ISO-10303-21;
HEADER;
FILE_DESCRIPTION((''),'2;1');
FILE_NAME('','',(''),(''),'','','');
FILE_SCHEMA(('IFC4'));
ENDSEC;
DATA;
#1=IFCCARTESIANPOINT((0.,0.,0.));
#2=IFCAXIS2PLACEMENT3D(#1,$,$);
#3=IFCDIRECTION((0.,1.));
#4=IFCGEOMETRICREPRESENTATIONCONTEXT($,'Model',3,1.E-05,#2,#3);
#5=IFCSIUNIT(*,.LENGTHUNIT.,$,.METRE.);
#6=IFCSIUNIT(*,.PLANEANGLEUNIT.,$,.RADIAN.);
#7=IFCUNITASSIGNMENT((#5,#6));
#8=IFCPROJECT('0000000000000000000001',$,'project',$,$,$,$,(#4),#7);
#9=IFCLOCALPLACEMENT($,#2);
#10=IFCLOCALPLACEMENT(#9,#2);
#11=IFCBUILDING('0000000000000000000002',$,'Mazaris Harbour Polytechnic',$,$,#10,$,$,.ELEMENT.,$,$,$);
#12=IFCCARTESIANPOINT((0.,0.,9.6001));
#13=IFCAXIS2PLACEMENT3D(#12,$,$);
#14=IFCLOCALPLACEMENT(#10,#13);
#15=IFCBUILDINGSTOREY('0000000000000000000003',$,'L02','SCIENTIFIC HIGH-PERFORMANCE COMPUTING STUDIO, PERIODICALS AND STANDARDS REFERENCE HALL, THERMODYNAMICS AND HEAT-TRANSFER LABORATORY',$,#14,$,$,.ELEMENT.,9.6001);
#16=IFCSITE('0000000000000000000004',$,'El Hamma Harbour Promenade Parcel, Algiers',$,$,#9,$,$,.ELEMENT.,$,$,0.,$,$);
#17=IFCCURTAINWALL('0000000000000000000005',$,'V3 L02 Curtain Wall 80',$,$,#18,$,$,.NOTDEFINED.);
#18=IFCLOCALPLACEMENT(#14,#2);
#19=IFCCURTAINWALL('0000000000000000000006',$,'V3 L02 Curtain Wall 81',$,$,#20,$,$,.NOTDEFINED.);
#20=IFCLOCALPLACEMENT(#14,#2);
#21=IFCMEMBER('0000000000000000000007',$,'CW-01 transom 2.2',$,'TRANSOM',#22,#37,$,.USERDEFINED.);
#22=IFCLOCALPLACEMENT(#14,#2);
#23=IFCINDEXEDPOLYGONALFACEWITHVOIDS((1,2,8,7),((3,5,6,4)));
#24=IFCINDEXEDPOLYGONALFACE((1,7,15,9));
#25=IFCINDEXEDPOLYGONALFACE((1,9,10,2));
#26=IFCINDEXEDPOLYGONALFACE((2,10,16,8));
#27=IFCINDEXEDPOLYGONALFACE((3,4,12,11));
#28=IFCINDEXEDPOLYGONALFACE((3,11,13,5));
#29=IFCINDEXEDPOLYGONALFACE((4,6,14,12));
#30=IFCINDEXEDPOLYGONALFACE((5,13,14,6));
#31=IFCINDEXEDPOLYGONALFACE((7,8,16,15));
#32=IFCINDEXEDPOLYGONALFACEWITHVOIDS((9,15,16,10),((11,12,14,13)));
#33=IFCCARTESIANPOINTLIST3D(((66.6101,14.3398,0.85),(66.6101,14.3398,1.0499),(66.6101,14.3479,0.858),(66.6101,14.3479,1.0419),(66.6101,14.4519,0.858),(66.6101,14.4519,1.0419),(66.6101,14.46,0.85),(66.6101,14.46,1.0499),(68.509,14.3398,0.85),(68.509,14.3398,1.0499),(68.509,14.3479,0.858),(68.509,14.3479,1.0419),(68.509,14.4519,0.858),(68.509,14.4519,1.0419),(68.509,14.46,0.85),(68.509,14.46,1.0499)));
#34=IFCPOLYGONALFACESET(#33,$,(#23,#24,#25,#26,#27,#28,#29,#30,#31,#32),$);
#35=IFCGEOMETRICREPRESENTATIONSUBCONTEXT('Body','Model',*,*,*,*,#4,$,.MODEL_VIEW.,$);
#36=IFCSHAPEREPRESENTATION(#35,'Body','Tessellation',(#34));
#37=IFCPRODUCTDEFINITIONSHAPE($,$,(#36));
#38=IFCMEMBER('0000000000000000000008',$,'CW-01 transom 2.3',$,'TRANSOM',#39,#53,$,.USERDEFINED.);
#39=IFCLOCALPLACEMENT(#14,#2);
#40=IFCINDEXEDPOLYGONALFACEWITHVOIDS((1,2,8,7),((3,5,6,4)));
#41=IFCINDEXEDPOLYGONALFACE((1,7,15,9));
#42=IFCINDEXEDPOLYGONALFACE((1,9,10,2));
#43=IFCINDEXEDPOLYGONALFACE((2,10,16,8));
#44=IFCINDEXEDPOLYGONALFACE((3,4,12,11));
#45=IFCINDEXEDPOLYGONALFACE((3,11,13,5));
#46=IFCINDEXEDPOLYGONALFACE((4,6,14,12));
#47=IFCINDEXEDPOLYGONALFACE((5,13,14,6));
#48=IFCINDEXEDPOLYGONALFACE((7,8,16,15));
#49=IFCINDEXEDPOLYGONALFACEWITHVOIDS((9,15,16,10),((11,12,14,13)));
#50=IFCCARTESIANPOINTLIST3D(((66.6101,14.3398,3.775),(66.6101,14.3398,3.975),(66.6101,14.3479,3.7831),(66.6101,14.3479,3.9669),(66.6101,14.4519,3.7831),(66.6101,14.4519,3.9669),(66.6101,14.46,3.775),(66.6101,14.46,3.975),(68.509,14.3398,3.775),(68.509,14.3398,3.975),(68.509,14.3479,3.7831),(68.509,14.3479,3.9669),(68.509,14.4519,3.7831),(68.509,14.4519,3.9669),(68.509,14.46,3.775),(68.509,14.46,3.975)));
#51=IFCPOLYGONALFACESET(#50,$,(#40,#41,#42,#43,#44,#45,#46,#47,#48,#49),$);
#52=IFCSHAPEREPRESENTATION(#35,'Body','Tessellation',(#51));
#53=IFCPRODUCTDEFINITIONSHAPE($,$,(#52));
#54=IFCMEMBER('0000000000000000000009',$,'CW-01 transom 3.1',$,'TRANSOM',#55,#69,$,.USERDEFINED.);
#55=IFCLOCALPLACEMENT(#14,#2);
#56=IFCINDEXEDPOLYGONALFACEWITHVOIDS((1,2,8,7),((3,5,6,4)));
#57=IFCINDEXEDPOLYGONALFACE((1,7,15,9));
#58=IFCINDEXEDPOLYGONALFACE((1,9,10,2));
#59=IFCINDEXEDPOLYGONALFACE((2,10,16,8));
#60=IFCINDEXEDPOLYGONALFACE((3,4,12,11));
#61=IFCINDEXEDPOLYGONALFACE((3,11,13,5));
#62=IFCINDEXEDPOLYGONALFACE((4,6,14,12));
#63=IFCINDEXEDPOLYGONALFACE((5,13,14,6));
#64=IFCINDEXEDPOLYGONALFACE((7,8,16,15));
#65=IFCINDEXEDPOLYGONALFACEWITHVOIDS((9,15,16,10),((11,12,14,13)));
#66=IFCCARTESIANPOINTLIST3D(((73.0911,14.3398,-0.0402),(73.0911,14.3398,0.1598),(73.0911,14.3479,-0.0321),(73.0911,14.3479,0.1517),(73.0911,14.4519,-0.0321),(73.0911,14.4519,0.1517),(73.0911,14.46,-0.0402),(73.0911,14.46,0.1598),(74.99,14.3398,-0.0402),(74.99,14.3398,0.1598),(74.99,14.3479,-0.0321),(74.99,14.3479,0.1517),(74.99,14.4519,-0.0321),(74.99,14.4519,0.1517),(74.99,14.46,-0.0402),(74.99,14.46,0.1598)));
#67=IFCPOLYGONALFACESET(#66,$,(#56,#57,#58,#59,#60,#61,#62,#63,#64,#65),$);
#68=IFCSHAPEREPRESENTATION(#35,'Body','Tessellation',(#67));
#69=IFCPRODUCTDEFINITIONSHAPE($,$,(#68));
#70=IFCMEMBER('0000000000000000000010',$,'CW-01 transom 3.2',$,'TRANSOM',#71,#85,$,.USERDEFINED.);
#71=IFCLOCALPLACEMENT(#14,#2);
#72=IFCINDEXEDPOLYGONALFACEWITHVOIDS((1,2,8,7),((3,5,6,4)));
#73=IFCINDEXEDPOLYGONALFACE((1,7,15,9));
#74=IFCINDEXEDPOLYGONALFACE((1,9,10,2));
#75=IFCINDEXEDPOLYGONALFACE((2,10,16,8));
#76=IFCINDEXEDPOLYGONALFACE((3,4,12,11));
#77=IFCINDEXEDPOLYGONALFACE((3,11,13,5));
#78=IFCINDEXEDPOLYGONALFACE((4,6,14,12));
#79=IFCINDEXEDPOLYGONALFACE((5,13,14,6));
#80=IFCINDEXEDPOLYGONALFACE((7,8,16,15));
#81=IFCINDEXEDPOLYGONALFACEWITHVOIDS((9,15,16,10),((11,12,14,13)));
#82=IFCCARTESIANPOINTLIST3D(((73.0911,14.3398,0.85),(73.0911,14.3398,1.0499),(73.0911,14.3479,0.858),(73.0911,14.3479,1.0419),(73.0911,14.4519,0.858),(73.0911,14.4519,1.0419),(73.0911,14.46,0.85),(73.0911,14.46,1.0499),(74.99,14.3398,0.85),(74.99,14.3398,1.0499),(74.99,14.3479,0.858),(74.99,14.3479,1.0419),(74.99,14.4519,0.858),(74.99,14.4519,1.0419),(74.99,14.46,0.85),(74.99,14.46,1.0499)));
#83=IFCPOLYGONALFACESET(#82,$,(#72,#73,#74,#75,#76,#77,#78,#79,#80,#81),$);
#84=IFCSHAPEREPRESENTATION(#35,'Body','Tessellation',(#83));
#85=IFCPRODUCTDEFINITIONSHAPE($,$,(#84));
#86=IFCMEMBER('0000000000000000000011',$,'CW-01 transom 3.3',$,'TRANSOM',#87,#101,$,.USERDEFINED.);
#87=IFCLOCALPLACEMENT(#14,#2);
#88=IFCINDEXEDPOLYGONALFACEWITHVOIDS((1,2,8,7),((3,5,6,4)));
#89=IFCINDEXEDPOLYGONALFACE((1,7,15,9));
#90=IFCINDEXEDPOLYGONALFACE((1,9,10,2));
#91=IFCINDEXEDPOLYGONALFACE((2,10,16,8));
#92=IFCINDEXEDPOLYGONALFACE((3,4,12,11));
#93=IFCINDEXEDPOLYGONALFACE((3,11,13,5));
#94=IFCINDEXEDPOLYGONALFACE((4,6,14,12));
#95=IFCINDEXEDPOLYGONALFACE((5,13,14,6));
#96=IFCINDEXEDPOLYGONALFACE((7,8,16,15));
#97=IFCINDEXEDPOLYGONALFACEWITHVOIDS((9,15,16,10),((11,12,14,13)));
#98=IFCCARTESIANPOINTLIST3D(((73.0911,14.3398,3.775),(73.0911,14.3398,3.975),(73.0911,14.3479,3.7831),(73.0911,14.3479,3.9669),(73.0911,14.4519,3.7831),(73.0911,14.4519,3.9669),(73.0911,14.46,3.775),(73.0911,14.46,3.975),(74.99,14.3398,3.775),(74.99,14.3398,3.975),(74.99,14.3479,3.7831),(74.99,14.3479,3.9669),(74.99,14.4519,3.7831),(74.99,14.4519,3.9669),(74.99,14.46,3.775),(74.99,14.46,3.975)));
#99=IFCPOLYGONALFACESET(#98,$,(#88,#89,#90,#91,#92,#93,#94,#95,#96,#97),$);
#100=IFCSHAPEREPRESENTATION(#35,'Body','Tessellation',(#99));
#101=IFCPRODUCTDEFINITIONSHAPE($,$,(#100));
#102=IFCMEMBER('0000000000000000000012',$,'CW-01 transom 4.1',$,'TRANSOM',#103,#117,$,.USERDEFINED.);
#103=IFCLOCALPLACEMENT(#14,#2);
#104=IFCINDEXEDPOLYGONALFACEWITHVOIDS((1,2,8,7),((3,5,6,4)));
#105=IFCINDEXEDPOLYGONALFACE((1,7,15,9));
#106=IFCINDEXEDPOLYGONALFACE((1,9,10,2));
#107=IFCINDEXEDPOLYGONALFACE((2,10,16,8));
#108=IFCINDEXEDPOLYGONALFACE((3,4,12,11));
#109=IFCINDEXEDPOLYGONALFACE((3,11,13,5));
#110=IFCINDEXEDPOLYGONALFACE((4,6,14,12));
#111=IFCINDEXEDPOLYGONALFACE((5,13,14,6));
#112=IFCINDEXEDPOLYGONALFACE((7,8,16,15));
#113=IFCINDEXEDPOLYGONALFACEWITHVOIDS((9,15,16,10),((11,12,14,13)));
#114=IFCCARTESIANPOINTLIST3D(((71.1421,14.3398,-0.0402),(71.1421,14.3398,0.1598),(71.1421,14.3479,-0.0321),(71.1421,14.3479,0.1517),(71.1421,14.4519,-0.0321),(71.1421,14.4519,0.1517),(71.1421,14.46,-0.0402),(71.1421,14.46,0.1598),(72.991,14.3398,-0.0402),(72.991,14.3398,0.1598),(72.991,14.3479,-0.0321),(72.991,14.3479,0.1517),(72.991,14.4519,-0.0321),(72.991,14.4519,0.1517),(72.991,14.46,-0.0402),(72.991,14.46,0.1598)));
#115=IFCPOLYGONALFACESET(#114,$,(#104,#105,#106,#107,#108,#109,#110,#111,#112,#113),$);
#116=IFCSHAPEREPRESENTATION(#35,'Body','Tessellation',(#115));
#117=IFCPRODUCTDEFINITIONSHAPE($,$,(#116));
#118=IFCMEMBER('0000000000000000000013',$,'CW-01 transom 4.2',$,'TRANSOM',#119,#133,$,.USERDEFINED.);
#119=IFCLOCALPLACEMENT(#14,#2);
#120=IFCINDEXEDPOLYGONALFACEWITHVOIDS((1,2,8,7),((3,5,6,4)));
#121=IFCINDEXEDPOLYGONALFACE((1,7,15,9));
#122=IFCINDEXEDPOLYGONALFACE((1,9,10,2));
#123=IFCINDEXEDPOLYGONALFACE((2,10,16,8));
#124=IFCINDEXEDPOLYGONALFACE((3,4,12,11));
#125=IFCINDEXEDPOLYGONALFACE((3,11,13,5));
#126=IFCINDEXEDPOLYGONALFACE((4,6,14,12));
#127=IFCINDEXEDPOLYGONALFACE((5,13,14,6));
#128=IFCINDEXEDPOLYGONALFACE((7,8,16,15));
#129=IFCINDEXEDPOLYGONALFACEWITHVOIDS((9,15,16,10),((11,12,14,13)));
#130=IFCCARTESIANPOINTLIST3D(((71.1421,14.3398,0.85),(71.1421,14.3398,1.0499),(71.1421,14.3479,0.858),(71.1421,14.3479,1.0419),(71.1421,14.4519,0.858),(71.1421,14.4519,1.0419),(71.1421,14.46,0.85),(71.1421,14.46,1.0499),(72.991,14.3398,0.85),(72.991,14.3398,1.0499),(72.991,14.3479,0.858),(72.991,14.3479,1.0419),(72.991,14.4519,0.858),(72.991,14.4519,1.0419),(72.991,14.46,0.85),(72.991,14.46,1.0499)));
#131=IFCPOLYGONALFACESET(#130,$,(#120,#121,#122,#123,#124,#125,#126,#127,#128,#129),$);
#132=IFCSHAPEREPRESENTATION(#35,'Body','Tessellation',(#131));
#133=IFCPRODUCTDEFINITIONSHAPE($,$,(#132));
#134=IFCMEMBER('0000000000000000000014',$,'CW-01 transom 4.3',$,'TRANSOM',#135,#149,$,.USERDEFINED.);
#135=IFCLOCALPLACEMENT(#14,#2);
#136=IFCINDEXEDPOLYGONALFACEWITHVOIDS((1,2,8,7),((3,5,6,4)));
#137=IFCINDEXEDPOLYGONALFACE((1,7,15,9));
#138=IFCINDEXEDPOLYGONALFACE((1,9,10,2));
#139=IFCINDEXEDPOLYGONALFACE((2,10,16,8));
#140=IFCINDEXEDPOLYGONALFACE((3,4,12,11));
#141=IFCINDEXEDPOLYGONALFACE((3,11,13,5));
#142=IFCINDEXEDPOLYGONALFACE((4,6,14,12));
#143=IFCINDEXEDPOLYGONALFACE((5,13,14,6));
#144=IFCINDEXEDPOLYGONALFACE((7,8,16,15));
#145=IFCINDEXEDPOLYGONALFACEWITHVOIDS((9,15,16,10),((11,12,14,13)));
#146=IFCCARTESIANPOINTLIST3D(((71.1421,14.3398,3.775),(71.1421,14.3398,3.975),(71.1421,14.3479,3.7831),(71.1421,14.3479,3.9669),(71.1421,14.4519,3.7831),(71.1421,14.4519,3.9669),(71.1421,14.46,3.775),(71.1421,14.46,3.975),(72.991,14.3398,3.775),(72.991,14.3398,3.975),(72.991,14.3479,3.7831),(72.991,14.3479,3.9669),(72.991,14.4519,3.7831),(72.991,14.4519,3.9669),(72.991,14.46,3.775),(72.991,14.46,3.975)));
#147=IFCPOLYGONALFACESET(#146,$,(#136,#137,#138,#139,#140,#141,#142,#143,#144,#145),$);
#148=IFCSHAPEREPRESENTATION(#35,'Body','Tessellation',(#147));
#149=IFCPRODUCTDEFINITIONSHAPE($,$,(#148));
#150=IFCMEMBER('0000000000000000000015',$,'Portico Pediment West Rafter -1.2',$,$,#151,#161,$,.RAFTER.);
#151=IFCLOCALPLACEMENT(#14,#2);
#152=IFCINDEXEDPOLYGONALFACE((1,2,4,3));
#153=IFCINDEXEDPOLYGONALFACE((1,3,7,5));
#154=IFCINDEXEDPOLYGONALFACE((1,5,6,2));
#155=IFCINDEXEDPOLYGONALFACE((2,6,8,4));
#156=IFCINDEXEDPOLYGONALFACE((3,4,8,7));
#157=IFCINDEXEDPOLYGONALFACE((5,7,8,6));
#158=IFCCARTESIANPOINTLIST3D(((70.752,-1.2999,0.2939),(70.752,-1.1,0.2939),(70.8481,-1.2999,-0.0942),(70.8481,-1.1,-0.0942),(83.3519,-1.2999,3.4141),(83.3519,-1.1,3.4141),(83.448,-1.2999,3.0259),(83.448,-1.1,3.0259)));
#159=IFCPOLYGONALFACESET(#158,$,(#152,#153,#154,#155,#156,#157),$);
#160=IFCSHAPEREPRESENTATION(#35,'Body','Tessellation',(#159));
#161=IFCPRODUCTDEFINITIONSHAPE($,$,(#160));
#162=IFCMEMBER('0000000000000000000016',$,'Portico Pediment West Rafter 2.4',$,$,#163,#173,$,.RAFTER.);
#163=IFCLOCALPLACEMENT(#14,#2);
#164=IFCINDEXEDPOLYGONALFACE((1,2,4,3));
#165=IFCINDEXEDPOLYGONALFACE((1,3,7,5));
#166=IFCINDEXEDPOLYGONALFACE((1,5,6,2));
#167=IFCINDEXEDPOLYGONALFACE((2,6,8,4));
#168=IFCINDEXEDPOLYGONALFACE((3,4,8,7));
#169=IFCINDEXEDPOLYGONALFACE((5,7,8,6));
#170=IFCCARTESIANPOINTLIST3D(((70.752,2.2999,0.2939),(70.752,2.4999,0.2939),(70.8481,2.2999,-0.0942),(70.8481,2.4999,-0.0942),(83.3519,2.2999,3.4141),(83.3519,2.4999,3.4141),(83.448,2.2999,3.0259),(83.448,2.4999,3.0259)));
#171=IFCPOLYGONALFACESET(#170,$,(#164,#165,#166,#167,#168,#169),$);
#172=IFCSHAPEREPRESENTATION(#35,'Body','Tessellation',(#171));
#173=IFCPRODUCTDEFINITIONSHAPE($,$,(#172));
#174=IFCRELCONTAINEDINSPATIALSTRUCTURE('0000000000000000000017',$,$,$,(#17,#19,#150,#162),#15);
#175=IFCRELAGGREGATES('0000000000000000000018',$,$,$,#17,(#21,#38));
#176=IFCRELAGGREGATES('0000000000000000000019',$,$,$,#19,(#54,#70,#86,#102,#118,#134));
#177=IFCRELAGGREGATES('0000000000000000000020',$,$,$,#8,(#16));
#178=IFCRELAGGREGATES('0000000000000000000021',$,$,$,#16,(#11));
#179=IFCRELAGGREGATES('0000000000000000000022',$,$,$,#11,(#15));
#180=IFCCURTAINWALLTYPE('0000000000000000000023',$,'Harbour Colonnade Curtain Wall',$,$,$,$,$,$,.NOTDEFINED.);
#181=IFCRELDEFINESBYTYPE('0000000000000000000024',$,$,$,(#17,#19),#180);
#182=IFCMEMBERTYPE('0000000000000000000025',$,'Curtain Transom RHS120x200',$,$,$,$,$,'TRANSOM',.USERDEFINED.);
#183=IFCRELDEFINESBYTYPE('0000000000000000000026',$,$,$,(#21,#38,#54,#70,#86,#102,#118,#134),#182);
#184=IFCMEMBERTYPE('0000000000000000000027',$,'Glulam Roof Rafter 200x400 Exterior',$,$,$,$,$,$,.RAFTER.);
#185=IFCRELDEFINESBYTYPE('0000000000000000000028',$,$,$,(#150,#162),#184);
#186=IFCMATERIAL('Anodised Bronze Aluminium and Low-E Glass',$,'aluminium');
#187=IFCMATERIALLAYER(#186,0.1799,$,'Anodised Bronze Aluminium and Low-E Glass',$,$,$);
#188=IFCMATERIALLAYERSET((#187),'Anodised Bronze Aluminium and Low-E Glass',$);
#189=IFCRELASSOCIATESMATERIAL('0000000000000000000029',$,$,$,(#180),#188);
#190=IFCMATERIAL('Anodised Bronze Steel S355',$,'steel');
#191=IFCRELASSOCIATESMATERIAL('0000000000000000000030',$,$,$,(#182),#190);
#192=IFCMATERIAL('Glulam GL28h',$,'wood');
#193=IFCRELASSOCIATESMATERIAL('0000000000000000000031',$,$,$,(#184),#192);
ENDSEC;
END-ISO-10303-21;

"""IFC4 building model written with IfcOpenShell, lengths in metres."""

from ifc_helpers import new_model, si_unit, direction, frame, origin, origin_2d, place, context, subcontext, project, spatial, rectangle, hollow_rectangle, extrude, material, layer, layer_set, material_profile, profile_set, type_object, element, aggregate, save


model = new_model("IFC4")

# Units and contexts
model_context = context("Model", 3, precision=1e-05, world=origin(), true_north=direction((0.0, 1.0)))
body_context = subcontext(model_context, "Body", "Model", "MODEL_VIEW")
ifc_project = project(units=[si_unit("LENGTHUNIT", "METRE"), si_unit("PLANEANGLEUNIT", "RADIAN")], contexts=[model_context])

# Site, building, storey
site_placement = place(None, origin())
site = spatial("IfcSite", under=ifc_project, at=site_placement, Name="El Hamma Harbour Promenade Parcel, Algiers", CompositionType="ELEMENT", RefElevation=0.0)
building_placement = place(site_placement, origin())
building = spatial("IfcBuilding", under=site, at=building_placement, Name="Mazaris Harbour Polytechnic", CompositionType="ELEMENT")
storey_placement = place(building_placement, frame((0.0, 0.0, 9.6001)))
storey = spatial("IfcBuildingStorey", under=building, at=storey_placement, Name="L02", Description="SCIENTIFIC HIGH-PERFORMANCE COMPUTING STUDIO, PERIODICALS AND STANDARDS REFERENCE HALL, THERMODYNAMICS AND HEAT-TRANSFER LABORATORY", CompositionType="ELEMENT", Elevation=9.6001)

# Curtain walls
ifc_material_1 = material(Name="Anodised Bronze Aluminium and Low-E Glass", Category="aluminium")
ifc_layer_1 = layer(ifc_material_1, 0.1799, Name="Anodised Bronze Aluminium and Low-E Glass")
ifc_layer_set_1 = layer_set([ifc_layer_1], Name="Anodised Bronze Aluminium and Low-E Glass")
curtain_wall_type = type_object("IfcCurtainWallType", Name="Harbour Colonnade Curtain Wall", PredefinedType="NOTDEFINED", material=ifc_layer_set_1)
curtain_wall_1_placement = place(storey_placement, origin())
curtain_wall_1 = element("IfcCurtainWall", 1, at=curtain_wall_1_placement, inside=storey, type_object=curtain_wall_type, Name="V3 L02 Curtain Wall 80", PredefinedType="NOTDEFINED")
curtain_wall_2_placement = place(storey_placement, origin())
curtain_wall_2 = element("IfcCurtainWall", 2, at=curtain_wall_2_placement, inside=storey, type_object=curtain_wall_type, Name="V3 L02 Curtain Wall 81", PredefinedType="NOTDEFINED")

# Members
ifc_material_2 = material(Name="Anodised Bronze Steel S355", Category="steel")
ifc_material_profile_1 = material_profile(ifc_material_2, hollow_rectangle(XDim=0.1201, YDim=0.2, WallThickness=0.0081, at=origin_2d()), Name="RHS 120x200x8.0")
ifc_profile_set_1 = profile_set([ifc_material_profile_1], Name="Anodised Bronze Steel S355")
member_type_1 = type_object("IfcMemberType", Name="Curtain Transom RHS120x200", ElementType="TRANSOM", PredefinedType="USERDEFINED", material=ifc_profile_set_1)
member_1_placement = place(storey_placement, frame((68.509, 14.3999, 0.95), z_axis=(-1.0, 0.0, 0.0), x_axis=(0.0, -1.0, 0.0)))
member_1 = element("IfcMember", 3, at=member_1_placement, type_object=member_type_1, Name="CW-01 transom 2.2", ObjectType="TRANSOM", PredefinedType="USERDEFINED", context=body_context, shape_type="SweptSolid", body=[
    extrude(hollow_rectangle(XDim=0.1201, YDim=0.2, WallThickness=0.0081, at=origin_2d()), origin(), (0.0, 0.0, 1.0), 1.8989),
])
member_2_placement = place(storey_placement, frame((68.509, 14.3999, 3.875), z_axis=(-1.0, 0.0, 0.0), x_axis=(0.0, -1.0, 0.0)))
member_2 = element("IfcMember", 4, at=member_2_placement, type_object=member_type_1, Name="CW-01 transom 2.3", ObjectType="TRANSOM", PredefinedType="USERDEFINED", context=body_context, shape_type="SweptSolid", body=[
    extrude(hollow_rectangle(XDim=0.1201, YDim=0.2, WallThickness=0.0081, at=origin_2d()), origin(), (0.0, 0.0, 1.0), 1.8989),
])
member_3_placement = place(storey_placement, frame((74.99, 14.3999, 0.0598), z_axis=(-1.0, 0.0, 0.0), x_axis=(0.0, -1.0, 0.0)))
member_3 = element("IfcMember", 5, at=member_3_placement, type_object=member_type_1, Name="CW-01 transom 3.1", ObjectType="TRANSOM", PredefinedType="USERDEFINED", context=body_context, shape_type="SweptSolid", body=[
    extrude(hollow_rectangle(XDim=0.1201, YDim=0.2, WallThickness=0.0081, at=origin_2d()), origin(), (0.0, 0.0, 1.0), 1.8989),
])
member_4_placement = place(storey_placement, frame((74.99, 14.3999, 0.95), z_axis=(-1.0, 0.0, 0.0), x_axis=(0.0, -1.0, 0.0)))
member_4 = element("IfcMember", 6, at=member_4_placement, type_object=member_type_1, Name="CW-01 transom 3.2", ObjectType="TRANSOM", PredefinedType="USERDEFINED", context=body_context, shape_type="SweptSolid", body=[
    extrude(hollow_rectangle(XDim=0.1201, YDim=0.2, WallThickness=0.0081, at=origin_2d()), origin(), (0.0, 0.0, 1.0), 1.8989),
])
member_5_placement = place(storey_placement, frame((74.99, 14.3999, 3.875), z_axis=(-1.0, 0.0, 0.0), x_axis=(0.0, -1.0, 0.0)))
member_5 = element("IfcMember", 7, at=member_5_placement, type_object=member_type_1, Name="CW-01 transom 3.3", ObjectType="TRANSOM", PredefinedType="USERDEFINED", context=body_context, shape_type="SweptSolid", body=[
    extrude(hollow_rectangle(XDim=0.1201, YDim=0.2, WallThickness=0.0081, at=origin_2d()), origin(), (0.0, 0.0, 1.0), 1.8989),
])
member_6_placement = place(storey_placement, frame((72.991, 14.3999, 0.0598), z_axis=(-1.0, 0.0, 0.0), x_axis=(0.0, -1.0, 0.0)))
member_6 = element("IfcMember", 8, at=member_6_placement, type_object=member_type_1, Name="CW-01 transom 4.1", ObjectType="TRANSOM", PredefinedType="USERDEFINED", context=body_context, shape_type="SweptSolid", body=[
    extrude(hollow_rectangle(XDim=0.1201, YDim=0.2, WallThickness=0.0081, at=origin_2d()), origin(), (0.0, 0.0, 1.0), 1.8489),
])
member_7_placement = place(storey_placement, frame((72.991, 14.3999, 0.95), z_axis=(-1.0, 0.0, 0.0), x_axis=(0.0, -1.0, 0.0)))
member_7 = element("IfcMember", 9, at=member_7_placement, type_object=member_type_1, Name="CW-01 transom 4.2", ObjectType="TRANSOM", PredefinedType="USERDEFINED", context=body_context, shape_type="SweptSolid", body=[
    extrude(hollow_rectangle(XDim=0.1201, YDim=0.2, WallThickness=0.0081, at=origin_2d()), origin(), (0.0, 0.0, 1.0), 1.8489),
])
member_8_placement = place(storey_placement, frame((72.991, 14.3999, 3.875), z_axis=(-1.0, 0.0, 0.0), x_axis=(0.0, -1.0, 0.0)))
member_8 = element("IfcMember", 10, at=member_8_placement, type_object=member_type_1, Name="CW-01 transom 4.3", ObjectType="TRANSOM", PredefinedType="USERDEFINED", context=body_context, shape_type="SweptSolid", body=[
    extrude(hollow_rectangle(XDim=0.1201, YDim=0.2, WallThickness=0.0081, at=origin_2d()), origin(), (0.0, 0.0, 1.0), 1.8489),
])

# Members
ifc_material_3 = material(Name="Glulam GL28h", Category="wood")
ifc_material_profile_2 = material_profile(ifc_material_3, rectangle(XDim=0.2, YDim=0.3999, at=origin_2d()), Name="RECT200x400")
ifc_profile_set_2 = profile_set([ifc_material_profile_2], Name="Glulam GL28h")
member_type_2 = type_object("IfcMemberType", Name="Glulam Roof Rafter 200x400 Exterior", PredefinedType="RAFTER", material=ifc_profile_set_2)
for number, where, z_axis, x_axis, name in (
    (11, (70.8, -1.2, 0.0999), (0.970681, 0.0, 0.240371), (0.0, 1.0, 0.0), "Portico Pediment West Rafter -1.2"),
    (12, (70.8, 2.3999, 0.0999), (0.970681, 0.0, 0.240371), (0.0, 1.0, 0.0), "Portico Pediment West Rafter 2.4"),
):
    element("IfcMember", number, at=place(storey_placement, frame(where, z_axis=z_axis, x_axis=x_axis)), inside=storey, type_object=member_type_2, Name=name, PredefinedType="RAFTER", context=body_context, shape_type="SweptSolid", body=[
        extrude(rectangle(XDim=0.2, YDim=0.3999, at=origin_2d()), origin(), (0.0, 0.0, 1.0), 12.9805),
    ])

aggregate(curtain_wall_1, [member_1, member_2])
aggregate(curtain_wall_2, [member_3, member_4, member_5, member_6, member_7, member_8])

save(model, "model.ifc")
